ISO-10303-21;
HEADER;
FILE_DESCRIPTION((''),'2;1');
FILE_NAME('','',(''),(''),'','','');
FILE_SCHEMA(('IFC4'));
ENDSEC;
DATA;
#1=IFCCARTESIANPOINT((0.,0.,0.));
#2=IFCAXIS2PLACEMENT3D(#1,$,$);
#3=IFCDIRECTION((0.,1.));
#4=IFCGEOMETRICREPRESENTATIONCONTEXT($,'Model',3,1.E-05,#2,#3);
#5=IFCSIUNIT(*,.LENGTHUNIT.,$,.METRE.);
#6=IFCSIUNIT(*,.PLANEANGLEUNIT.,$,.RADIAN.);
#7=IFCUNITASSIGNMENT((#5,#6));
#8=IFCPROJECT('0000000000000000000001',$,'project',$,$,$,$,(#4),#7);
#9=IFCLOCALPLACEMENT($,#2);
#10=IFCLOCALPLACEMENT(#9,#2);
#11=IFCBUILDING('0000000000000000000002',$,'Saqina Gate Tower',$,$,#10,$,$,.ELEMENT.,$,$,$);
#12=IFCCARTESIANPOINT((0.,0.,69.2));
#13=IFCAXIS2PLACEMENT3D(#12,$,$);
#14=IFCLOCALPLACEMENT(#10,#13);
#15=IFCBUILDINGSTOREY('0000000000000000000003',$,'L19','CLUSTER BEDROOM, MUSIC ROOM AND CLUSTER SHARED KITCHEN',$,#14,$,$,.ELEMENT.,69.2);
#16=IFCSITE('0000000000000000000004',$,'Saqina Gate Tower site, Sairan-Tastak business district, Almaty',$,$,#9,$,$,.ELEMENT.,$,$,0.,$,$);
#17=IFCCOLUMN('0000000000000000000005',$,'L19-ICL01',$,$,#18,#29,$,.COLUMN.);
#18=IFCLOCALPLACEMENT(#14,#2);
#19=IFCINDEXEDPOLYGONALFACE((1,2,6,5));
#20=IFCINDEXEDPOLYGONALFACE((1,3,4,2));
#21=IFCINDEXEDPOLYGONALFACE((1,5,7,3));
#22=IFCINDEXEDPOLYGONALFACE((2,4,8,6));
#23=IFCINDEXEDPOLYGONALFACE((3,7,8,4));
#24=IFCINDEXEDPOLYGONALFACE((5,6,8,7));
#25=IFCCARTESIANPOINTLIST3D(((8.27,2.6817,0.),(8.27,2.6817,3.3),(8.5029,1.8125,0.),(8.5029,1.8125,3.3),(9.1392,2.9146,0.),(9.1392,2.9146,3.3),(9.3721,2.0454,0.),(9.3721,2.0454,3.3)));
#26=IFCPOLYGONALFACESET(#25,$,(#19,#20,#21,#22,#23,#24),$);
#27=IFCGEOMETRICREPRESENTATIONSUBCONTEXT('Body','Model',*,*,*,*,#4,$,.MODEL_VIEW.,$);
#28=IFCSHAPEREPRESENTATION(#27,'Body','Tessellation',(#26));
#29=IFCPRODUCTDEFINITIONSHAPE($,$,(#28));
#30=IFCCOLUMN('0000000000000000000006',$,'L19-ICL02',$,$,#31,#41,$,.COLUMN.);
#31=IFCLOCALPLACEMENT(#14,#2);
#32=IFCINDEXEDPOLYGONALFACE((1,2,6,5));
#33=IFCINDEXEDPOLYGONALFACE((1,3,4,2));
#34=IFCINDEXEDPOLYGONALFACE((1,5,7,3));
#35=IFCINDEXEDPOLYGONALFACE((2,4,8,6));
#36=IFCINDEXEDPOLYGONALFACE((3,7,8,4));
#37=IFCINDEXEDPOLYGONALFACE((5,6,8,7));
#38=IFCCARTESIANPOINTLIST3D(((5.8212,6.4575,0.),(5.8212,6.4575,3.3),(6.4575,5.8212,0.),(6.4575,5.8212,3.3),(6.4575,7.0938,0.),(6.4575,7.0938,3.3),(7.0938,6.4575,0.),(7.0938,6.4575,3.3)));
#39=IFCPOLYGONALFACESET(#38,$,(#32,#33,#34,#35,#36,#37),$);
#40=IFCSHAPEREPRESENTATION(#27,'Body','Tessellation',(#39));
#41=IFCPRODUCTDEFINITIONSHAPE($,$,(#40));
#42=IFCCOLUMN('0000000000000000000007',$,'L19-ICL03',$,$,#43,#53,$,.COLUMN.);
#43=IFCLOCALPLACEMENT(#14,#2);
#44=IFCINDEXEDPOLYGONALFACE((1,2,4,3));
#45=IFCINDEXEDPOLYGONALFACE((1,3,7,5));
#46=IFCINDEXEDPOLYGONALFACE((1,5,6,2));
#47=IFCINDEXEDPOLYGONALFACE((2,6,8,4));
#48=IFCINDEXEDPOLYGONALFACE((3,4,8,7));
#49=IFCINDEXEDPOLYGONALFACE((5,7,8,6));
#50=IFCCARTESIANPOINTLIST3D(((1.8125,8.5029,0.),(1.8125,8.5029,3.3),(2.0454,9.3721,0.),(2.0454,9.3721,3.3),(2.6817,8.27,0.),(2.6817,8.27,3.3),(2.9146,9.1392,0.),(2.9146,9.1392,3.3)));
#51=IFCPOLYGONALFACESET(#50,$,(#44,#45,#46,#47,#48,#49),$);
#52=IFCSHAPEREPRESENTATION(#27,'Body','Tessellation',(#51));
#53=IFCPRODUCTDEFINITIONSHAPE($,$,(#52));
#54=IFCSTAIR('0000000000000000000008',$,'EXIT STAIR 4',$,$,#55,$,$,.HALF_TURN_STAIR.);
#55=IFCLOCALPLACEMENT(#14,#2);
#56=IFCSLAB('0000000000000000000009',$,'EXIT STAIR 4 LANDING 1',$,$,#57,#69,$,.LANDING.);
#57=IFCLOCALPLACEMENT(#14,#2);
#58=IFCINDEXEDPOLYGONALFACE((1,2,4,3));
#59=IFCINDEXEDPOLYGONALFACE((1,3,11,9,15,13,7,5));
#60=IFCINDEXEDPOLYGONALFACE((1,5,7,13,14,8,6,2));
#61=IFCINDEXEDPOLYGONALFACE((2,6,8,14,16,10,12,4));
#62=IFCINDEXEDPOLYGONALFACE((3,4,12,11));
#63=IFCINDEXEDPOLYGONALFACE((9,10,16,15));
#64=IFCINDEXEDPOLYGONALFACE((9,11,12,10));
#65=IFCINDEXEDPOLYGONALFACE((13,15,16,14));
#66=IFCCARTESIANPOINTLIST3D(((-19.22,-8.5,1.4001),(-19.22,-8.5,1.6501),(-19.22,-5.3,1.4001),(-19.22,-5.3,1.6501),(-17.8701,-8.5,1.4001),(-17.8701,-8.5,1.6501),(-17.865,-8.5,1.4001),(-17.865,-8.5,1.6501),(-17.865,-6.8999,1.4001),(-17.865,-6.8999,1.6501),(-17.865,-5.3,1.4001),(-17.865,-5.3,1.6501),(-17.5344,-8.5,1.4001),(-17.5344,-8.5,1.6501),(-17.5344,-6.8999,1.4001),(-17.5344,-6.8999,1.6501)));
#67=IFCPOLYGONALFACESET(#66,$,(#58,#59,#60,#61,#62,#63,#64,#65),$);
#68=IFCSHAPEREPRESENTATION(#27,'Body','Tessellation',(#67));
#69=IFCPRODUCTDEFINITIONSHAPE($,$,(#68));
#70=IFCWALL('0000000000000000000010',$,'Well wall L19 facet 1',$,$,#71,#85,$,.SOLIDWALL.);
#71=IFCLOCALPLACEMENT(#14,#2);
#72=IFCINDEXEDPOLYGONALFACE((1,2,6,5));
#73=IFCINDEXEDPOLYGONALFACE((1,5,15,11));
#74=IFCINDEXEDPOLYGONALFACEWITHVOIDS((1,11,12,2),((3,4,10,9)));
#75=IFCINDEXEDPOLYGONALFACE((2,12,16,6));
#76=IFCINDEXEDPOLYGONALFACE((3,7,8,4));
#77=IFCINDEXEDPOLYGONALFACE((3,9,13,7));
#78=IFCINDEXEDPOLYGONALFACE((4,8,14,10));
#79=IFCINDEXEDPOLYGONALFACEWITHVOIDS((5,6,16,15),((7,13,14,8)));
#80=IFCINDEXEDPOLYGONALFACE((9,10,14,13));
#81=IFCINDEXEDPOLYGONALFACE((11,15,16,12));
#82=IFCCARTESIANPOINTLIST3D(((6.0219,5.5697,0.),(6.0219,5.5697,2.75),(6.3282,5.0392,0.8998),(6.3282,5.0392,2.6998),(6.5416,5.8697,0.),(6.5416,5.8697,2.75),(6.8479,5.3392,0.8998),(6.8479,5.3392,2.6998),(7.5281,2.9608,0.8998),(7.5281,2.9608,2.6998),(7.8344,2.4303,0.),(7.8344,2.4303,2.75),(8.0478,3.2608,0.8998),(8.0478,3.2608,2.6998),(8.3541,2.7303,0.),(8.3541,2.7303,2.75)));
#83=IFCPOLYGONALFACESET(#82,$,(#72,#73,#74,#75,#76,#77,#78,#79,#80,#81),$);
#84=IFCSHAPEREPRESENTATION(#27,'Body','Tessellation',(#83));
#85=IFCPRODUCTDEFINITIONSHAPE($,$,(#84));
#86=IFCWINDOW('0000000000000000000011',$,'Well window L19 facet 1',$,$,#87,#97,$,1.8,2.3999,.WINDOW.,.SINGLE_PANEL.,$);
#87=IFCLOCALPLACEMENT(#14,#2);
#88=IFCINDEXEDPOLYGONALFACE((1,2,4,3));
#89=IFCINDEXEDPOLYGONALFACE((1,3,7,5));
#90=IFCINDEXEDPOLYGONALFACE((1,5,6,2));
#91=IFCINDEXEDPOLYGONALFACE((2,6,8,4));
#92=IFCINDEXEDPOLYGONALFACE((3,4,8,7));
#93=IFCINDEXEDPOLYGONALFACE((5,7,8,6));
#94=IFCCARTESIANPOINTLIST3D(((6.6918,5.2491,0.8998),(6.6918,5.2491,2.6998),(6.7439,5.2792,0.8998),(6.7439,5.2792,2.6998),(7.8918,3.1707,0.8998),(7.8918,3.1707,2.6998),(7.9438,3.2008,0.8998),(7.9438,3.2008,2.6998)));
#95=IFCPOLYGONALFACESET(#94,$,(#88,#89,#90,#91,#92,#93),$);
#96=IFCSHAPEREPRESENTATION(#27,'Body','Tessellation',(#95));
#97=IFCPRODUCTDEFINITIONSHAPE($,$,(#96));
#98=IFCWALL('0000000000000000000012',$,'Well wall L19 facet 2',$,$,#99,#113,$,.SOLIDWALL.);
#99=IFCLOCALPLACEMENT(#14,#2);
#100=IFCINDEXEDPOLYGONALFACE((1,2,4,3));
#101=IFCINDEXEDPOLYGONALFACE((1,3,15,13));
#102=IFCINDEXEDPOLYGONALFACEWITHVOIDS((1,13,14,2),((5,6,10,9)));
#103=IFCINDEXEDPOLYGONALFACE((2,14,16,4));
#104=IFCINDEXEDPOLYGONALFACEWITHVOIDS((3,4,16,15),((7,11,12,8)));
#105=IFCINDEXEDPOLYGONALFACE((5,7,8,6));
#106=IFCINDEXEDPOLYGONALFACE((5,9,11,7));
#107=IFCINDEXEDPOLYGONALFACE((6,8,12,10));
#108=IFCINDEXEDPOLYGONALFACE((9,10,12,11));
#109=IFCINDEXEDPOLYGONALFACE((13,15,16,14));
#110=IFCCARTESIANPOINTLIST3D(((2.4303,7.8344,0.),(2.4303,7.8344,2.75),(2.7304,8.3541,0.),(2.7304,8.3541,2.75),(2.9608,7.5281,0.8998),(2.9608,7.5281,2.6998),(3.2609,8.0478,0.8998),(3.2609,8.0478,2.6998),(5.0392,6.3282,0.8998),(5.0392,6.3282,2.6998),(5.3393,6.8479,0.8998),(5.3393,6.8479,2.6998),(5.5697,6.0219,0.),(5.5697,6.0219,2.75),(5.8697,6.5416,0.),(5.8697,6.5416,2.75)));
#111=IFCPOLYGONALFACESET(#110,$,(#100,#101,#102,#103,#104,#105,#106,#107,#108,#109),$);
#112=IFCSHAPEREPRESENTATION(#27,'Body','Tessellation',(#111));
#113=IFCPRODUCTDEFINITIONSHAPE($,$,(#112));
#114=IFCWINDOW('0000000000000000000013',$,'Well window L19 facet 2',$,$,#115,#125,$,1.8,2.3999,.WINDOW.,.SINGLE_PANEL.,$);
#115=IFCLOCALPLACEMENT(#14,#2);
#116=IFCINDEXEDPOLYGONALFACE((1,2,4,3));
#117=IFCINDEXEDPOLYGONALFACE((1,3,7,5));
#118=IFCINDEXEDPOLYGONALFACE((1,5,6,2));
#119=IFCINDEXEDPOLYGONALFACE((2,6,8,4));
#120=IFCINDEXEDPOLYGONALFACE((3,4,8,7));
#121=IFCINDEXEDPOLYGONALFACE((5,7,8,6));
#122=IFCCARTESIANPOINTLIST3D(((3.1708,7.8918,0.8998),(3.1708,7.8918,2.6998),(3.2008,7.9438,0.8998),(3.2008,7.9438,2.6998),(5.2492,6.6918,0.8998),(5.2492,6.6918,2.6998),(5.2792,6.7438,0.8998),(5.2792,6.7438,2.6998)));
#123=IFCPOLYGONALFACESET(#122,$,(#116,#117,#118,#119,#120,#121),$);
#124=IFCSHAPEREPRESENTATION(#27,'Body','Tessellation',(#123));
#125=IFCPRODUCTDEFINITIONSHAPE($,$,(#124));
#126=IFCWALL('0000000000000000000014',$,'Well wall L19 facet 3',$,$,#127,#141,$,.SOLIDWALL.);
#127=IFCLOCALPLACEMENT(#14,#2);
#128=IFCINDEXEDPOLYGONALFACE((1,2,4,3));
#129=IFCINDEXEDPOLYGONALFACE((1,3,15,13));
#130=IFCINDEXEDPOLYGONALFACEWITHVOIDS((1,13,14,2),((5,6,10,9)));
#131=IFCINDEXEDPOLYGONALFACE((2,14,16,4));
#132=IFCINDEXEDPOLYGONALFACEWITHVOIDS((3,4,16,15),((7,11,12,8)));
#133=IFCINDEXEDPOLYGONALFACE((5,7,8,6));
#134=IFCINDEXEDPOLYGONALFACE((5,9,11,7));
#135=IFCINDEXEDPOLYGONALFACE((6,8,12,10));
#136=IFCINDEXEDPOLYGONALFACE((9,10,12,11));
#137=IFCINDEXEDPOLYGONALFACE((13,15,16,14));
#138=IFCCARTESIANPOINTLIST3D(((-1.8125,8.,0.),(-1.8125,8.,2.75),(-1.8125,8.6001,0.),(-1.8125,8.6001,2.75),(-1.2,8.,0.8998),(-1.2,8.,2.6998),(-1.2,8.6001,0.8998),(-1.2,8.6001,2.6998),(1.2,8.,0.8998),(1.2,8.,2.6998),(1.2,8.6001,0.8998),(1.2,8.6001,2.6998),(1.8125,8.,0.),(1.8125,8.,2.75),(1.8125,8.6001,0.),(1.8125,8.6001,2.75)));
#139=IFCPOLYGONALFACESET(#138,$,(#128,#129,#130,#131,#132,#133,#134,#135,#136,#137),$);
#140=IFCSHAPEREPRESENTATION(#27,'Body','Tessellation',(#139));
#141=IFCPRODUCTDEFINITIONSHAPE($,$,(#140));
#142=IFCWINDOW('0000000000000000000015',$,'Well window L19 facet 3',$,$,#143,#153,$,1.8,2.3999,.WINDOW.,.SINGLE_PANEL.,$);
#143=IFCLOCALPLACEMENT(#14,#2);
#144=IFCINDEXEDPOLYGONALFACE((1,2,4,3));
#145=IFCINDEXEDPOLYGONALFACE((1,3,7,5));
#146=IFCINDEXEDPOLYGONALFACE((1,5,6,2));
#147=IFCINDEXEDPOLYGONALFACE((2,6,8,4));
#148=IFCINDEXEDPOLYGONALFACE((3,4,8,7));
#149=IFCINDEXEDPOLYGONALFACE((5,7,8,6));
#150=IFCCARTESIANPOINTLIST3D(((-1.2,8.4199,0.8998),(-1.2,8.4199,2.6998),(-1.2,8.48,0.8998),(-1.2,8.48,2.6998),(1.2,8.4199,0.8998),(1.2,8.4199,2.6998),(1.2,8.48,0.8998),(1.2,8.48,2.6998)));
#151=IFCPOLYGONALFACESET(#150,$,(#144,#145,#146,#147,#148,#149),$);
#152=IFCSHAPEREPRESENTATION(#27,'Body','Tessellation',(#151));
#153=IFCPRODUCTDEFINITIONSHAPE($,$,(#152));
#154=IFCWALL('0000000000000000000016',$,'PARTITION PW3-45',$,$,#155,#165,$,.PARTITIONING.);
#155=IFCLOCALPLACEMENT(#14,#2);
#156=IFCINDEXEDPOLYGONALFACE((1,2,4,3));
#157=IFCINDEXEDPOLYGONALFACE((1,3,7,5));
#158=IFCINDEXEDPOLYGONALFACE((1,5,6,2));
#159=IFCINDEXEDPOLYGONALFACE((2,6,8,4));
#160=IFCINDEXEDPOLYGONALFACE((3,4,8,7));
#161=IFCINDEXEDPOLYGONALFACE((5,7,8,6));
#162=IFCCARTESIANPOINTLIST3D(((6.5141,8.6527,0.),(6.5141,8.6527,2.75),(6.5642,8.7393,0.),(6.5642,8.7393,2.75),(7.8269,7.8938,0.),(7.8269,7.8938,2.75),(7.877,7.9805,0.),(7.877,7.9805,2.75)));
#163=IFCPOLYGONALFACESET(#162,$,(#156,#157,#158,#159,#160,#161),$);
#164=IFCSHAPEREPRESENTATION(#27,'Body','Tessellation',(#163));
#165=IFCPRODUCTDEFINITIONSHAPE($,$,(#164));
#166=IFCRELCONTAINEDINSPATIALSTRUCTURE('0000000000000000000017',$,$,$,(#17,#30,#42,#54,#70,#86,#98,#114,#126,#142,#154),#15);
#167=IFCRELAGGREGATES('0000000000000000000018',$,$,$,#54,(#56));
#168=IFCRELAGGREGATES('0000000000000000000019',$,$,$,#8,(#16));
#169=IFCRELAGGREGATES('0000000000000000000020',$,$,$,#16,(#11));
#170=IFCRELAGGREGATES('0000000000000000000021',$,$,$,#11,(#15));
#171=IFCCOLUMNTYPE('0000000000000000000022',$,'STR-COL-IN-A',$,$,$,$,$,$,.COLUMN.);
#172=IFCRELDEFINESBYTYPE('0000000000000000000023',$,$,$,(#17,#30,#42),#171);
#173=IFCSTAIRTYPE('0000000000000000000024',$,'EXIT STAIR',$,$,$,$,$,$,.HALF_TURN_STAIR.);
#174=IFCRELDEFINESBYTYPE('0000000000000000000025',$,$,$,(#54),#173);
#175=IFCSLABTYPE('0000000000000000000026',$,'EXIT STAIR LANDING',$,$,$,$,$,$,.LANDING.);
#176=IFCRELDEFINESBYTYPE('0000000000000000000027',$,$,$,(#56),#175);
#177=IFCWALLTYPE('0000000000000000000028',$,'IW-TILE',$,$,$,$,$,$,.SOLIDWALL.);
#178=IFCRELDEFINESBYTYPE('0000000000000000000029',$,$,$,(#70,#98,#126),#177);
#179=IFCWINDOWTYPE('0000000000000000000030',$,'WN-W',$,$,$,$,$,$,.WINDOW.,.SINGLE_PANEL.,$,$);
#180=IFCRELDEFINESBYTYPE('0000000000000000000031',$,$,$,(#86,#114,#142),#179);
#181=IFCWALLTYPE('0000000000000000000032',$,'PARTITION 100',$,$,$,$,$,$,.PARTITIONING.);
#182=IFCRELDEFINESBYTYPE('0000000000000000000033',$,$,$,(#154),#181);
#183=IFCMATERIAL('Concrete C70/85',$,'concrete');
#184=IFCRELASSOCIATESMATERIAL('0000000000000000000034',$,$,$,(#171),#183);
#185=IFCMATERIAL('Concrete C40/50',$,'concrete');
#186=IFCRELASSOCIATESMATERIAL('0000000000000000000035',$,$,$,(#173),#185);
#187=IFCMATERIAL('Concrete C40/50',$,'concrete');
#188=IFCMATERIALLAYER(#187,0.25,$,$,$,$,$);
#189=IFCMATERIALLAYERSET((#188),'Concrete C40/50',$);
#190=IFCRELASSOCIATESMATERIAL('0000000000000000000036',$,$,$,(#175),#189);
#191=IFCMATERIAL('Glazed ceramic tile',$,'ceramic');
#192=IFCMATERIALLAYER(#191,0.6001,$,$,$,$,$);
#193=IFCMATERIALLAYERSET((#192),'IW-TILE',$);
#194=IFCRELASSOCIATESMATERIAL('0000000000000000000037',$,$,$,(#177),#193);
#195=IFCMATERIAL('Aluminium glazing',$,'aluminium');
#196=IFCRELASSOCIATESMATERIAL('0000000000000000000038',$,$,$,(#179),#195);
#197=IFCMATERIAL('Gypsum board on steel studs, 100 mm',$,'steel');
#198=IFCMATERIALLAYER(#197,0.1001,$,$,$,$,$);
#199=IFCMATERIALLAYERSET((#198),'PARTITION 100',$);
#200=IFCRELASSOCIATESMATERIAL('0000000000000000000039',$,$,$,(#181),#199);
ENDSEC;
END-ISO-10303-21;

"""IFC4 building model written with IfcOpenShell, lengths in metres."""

from ifc_helpers import new_model, si_unit, direction, frame, frame_2d, origin, origin_2d, place, context, subcontext, project, spatial, polyline, rectangle, outline, extrude, material, layer, layer_set, material_profile, profile_set, type_object, element, fill, aggregate, save


model = new_model("IFC4")

# Units and contexts
model_context = context("Model", 3, precision=1e-05, world=origin(), true_north=direction((0.0, 1.0)))
body_context = subcontext(model_context, "Body", "Model", "MODEL_VIEW")
ifc_project = project(units=[si_unit("LENGTHUNIT", "METRE"), si_unit("PLANEANGLEUNIT", "RADIAN")], contexts=[model_context])

# Site, building, storey
site_placement = place(None, origin())
site = spatial("IfcSite", under=ifc_project, at=site_placement, Name="Saqina Gate Tower site, Sairan-Tastak business district, Almaty", CompositionType="ELEMENT", RefElevation=0.0)
building_placement = place(site_placement, origin())
building = spatial("IfcBuilding", under=site, at=building_placement, Name="Saqina Gate Tower", CompositionType="ELEMENT")
storey_placement = place(building_placement, frame((0.0, 0.0, 69.2)))
storey = spatial("IfcBuildingStorey", under=building, at=storey_placement, Name="L19", Description="CLUSTER BEDROOM, MUSIC ROOM AND CLUSTER SHARED KITCHEN", CompositionType="ELEMENT", Elevation=69.2)

# Columns
ifc_material_1 = material(Name="Concrete C70/85", Category="concrete")
ifc_material_profile = material_profile(ifc_material_1, rectangle(XDim=0.8999, YDim=0.8999, at=origin_2d()), Name="RC 900x900")
ifc_profile_set = profile_set([ifc_material_profile], Name="Concrete C70/85")
column_type = type_object("IfcColumnType", Name="STR-COL-IN-A", PredefinedType="COLUMN", material=ifc_profile_set)
for number, where, z_axis, x_axis, name in (
    (1, (8.821, 2.3635, 0.0), (0.0, 0.0, 1.0), (0.965926, 0.258819, 0.0), "L19-ICL01"),
    (2, (6.4575, 6.4575, 0.0), (0.0, 0.0, 1.0), (0.707107, 0.707107, 0.0), "L19-ICL02"),
    (3, (2.3635, 8.821, 0.0), (0.0, 0.0, 1.0), (0.258819, 0.965926, 0.0), "L19-ICL03"),
):
    element("IfcColumn", number, at=place(storey_placement, frame(where, z_axis=z_axis, x_axis=x_axis)), inside=storey, type_object=column_type, Name=name, PredefinedType="COLUMN", context=body_context, shape_type="SweptSolid", body=[
        extrude(rectangle(XDim=0.8999, YDim=0.8999, at=origin_2d()), origin(), (0.0, 0.0, 1.0), 3.3),
    ])

# Stair, slab
ifc_material_2 = material(Name="Concrete C40/50", Category="concrete")
stair_type = type_object("IfcStairType", Name="EXIT STAIR", PredefinedType="HALF_TURN_STAIR", material=ifc_material_2)
stair_1_placement = place(storey_placement, origin())
stair_1 = element("IfcStair", 4, at=stair_1_placement, inside=storey, type_object=stair_type, Name="EXIT STAIR 4", PredefinedType="HALF_TURN_STAIR")
ifc_material_3 = material(Name="Concrete C40/50", Category="concrete")
ifc_layer_1 = layer(ifc_material_3, 0.25)
ifc_layer_set_1 = layer_set([ifc_layer_1], Name="Concrete C40/50")
slab_type = type_object("IfcSlabType", Name="EXIT STAIR LANDING", PredefinedType="LANDING", material=ifc_layer_set_1)
slab_placement = place(storey_placement, frame((0.0, 0.0, 1.4001)))
slab = element("IfcSlab", 5, at=slab_placement, type_object=slab_type, Name="EXIT STAIR 4 LANDING 1", PredefinedType="LANDING", context=body_context, shape_type="SweptSolid", body=[
    extrude(outline(polyline([(-17.5344, -6.8999), (-17.5344, -8.5), (-17.865, -8.5), (-17.8701, -8.5), (-19.22, -8.5), (-19.22, -5.3), (-17.865, -5.3), (-17.865, -6.8999), (-17.5344, -6.8999)])), origin(), (0.0, 0.0, 1.0), 0.25),
])
aggregate(stair_1, [slab])

# Walls, openings, windows
ifc_material_4 = material(Name="Glazed ceramic tile", Category="ceramic")
ifc_layer_2 = layer(ifc_material_4, 0.6001)
ifc_layer_set_2 = layer_set([ifc_layer_2], Name="IW-TILE")
wall_type_1 = type_object("IfcWallType", Name="IW-TILE", PredefinedType="SOLIDWALL", material=ifc_layer_set_2)
wall_1_placement = place(storey_placement, frame((8.0942, 2.5803, 0.0), z_axis=(0.0, 0.0, 1.0), x_axis=(-0.499993, 0.86603, 0.0)))
wall_1 = element("IfcWall", 6, at=wall_1_placement, inside=storey, type_object=wall_type_1, Name="Well wall L19 facet 1", PredefinedType="SOLIDWALL", context=body_context, shape_type="SweptSolid", body=[
    extrude(rectangle(XDim=3.625, YDim=0.6001, at=frame_2d((1.8125, 0.0))), origin(), (0.0, 0.0, 1.0), 2.75),
])
opening_1_placement = place(wall_1_placement, frame((0.6125, 0.0, 0.8999)))
opening_1 = element("IfcOpeningElement", 7, at=opening_1_placement, cuts=wall_1, PredefinedType="OPENING", context=body_context, shape_type="SweptSolid", body=[
    extrude(rectangle(XDim=2.3999, YDim=1.8, at=frame_2d((1.2, 0.8999))), frame((0.0, 0.312, 0.0), z_axis=(0.0, -1.0, 0.0), x_axis=(1.0, 0.0, 0.0)), (0.0, 0.0, 1.0), 0.624),
])
ifc_material_5 = material(Name="Aluminium glazing", Category="aluminium")
window_type = type_object("IfcWindowType", Name="WN-W", PartitioningType="SINGLE_PANEL", PredefinedType="WINDOW", material=ifc_material_5)
window_1_placement = place(opening_1_placement, origin())
window_1 = element("IfcWindow", 8, at=window_1_placement, inside=storey, type_object=window_type, Name="Well window L19 facet 1", OverallHeight=1.8, OverallWidth=2.3999, PartitioningType="SINGLE_PANEL", PredefinedType="WINDOW", context=body_context, shape_type="SweptSolid", body=[
    extrude(rectangle(XDim=2.3999, YDim=1.8, at=frame_2d((1.2, 0.8999))), frame((0.0, -0.1199, 0.0), z_axis=(0.0, -1.0, 0.0), x_axis=(1.0, 0.0, 0.0)), (0.0, 0.0, 1.0), 0.0601),
])
fill(opening_1, window_1)
wall_2_placement = place(storey_placement, frame((5.7197, 6.2817, 0.0), z_axis=(0.0, 0.0, 1.0), x_axis=(-0.86603, 0.499993, 0.0)))
wall_2 = element("IfcWall", 9, at=wall_2_placement, inside=storey, type_object=wall_type_1, Name="Well wall L19 facet 2", PredefinedType="SOLIDWALL", context=body_context, shape_type="SweptSolid", body=[
    extrude(rectangle(XDim=3.625, YDim=0.6001, at=frame_2d((1.8125, 0.0))), origin(), (0.0, 0.0, 1.0), 2.75),
])
opening_2_placement = place(wall_2_placement, frame((0.6125, 0.0, 0.8999)))
opening_2 = element("IfcOpeningElement", 10, at=opening_2_placement, cuts=wall_2, PredefinedType="OPENING", context=body_context, shape_type="SweptSolid", body=[
    extrude(rectangle(XDim=2.3999, YDim=1.8, at=frame_2d((1.2, 0.8999))), frame((0.0, 0.312, 0.0), z_axis=(0.0, -1.0, 0.0), x_axis=(1.0, 0.0, 0.0)), (0.0, 0.0, 1.0), 0.624),
])
window_2_placement = place(opening_2_placement, origin())
window_2 = element("IfcWindow", 11, at=window_2_placement, inside=storey, type_object=window_type, Name="Well window L19 facet 2", OverallHeight=1.8, OverallWidth=2.3999, PartitioningType="SINGLE_PANEL", PredefinedType="WINDOW", context=body_context, shape_type="SweptSolid", body=[
    extrude(rectangle(XDim=2.3999, YDim=1.8, at=frame_2d((1.2, 0.8999))), frame((0.0, -0.1199, 0.0), z_axis=(0.0, -1.0, 0.0), x_axis=(1.0, 0.0, 0.0)), (0.0, 0.0, 1.0), 0.0601),
])
fill(opening_2, window_2)
wall_3_placement = place(storey_placement, frame((1.8125, 8.3, 0.0), z_axis=(0.0, 0.0, 1.0), x_axis=(-1.0, 0.0, 0.0)))
wall_3 = element("IfcWall", 12, at=wall_3_placement, inside=storey, type_object=wall_type_1, Name="Well wall L19 facet 3", PredefinedType="SOLIDWALL", context=body_context, shape_type="SweptSolid", body=[
    extrude(rectangle(XDim=3.625, YDim=0.6001, at=frame_2d((1.8125, 0.0))), origin(), (0.0, 0.0, 1.0), 2.75),
])
opening_3_placement = place(wall_3_placement, frame((0.6125, 0.0, 0.8999)))
opening_3 = element("IfcOpeningElement", 13, at=opening_3_placement, cuts=wall_3, PredefinedType="OPENING", context=body_context, shape_type="SweptSolid", body=[
    extrude(rectangle(XDim=2.3999, YDim=1.8, at=frame_2d((1.2, 0.8999))), frame((0.0, 0.312, 0.0), z_axis=(0.0, -1.0, 0.0), x_axis=(1.0, 0.0, 0.0)), (0.0, 0.0, 1.0), 0.624),
])
window_3_placement = place(opening_3_placement, origin())
window_3 = element("IfcWindow", 14, at=window_3_placement, inside=storey, type_object=window_type, Name="Well window L19 facet 3", OverallHeight=1.8, OverallWidth=2.3999, PartitioningType="SINGLE_PANEL", PredefinedType="WINDOW", context=body_context, shape_type="SweptSolid", body=[
    extrude(rectangle(XDim=2.3999, YDim=1.8, at=frame_2d((1.2, 0.8999))), frame((0.0, -0.1199, 0.0), z_axis=(0.0, -1.0, 0.0), x_axis=(1.0, 0.0, 0.0)), (0.0, 0.0, 1.0), 0.0601),
])
fill(opening_3, window_3)

# Wall
ifc_material_6 = material(Name="Gypsum board on steel studs, 100 mm", Category="steel")
ifc_layer_3 = layer(ifc_material_6, 0.1001)
ifc_layer_set_3 = layer_set([ifc_layer_3], Name="PARTITION 100")
wall_type_2 = type_object("IfcWallType", Name="PARTITION 100", PredefinedType="PARTITIONING", material=ifc_layer_set_3)
wall_4_placement = place(storey_placement, frame((6.5391, 8.696, 0.0), z_axis=(0.0, 0.0, 1.0), x_axis=(0.865775, -0.500433, 0.0)))
element("IfcWall", 15, at=wall_4_placement, inside=storey, type_object=wall_type_2, Name="PARTITION PW3-45", PredefinedType="PARTITIONING", context=body_context, shape_type="SweptSolid", body=[
    extrude(rectangle(XDim=1.5164, YDim=0.1001, at=frame_2d((0.7583, 0.0))), origin(), (0.0, 0.0, 1.0), 2.75),
])

save(model, "model.ifc")
